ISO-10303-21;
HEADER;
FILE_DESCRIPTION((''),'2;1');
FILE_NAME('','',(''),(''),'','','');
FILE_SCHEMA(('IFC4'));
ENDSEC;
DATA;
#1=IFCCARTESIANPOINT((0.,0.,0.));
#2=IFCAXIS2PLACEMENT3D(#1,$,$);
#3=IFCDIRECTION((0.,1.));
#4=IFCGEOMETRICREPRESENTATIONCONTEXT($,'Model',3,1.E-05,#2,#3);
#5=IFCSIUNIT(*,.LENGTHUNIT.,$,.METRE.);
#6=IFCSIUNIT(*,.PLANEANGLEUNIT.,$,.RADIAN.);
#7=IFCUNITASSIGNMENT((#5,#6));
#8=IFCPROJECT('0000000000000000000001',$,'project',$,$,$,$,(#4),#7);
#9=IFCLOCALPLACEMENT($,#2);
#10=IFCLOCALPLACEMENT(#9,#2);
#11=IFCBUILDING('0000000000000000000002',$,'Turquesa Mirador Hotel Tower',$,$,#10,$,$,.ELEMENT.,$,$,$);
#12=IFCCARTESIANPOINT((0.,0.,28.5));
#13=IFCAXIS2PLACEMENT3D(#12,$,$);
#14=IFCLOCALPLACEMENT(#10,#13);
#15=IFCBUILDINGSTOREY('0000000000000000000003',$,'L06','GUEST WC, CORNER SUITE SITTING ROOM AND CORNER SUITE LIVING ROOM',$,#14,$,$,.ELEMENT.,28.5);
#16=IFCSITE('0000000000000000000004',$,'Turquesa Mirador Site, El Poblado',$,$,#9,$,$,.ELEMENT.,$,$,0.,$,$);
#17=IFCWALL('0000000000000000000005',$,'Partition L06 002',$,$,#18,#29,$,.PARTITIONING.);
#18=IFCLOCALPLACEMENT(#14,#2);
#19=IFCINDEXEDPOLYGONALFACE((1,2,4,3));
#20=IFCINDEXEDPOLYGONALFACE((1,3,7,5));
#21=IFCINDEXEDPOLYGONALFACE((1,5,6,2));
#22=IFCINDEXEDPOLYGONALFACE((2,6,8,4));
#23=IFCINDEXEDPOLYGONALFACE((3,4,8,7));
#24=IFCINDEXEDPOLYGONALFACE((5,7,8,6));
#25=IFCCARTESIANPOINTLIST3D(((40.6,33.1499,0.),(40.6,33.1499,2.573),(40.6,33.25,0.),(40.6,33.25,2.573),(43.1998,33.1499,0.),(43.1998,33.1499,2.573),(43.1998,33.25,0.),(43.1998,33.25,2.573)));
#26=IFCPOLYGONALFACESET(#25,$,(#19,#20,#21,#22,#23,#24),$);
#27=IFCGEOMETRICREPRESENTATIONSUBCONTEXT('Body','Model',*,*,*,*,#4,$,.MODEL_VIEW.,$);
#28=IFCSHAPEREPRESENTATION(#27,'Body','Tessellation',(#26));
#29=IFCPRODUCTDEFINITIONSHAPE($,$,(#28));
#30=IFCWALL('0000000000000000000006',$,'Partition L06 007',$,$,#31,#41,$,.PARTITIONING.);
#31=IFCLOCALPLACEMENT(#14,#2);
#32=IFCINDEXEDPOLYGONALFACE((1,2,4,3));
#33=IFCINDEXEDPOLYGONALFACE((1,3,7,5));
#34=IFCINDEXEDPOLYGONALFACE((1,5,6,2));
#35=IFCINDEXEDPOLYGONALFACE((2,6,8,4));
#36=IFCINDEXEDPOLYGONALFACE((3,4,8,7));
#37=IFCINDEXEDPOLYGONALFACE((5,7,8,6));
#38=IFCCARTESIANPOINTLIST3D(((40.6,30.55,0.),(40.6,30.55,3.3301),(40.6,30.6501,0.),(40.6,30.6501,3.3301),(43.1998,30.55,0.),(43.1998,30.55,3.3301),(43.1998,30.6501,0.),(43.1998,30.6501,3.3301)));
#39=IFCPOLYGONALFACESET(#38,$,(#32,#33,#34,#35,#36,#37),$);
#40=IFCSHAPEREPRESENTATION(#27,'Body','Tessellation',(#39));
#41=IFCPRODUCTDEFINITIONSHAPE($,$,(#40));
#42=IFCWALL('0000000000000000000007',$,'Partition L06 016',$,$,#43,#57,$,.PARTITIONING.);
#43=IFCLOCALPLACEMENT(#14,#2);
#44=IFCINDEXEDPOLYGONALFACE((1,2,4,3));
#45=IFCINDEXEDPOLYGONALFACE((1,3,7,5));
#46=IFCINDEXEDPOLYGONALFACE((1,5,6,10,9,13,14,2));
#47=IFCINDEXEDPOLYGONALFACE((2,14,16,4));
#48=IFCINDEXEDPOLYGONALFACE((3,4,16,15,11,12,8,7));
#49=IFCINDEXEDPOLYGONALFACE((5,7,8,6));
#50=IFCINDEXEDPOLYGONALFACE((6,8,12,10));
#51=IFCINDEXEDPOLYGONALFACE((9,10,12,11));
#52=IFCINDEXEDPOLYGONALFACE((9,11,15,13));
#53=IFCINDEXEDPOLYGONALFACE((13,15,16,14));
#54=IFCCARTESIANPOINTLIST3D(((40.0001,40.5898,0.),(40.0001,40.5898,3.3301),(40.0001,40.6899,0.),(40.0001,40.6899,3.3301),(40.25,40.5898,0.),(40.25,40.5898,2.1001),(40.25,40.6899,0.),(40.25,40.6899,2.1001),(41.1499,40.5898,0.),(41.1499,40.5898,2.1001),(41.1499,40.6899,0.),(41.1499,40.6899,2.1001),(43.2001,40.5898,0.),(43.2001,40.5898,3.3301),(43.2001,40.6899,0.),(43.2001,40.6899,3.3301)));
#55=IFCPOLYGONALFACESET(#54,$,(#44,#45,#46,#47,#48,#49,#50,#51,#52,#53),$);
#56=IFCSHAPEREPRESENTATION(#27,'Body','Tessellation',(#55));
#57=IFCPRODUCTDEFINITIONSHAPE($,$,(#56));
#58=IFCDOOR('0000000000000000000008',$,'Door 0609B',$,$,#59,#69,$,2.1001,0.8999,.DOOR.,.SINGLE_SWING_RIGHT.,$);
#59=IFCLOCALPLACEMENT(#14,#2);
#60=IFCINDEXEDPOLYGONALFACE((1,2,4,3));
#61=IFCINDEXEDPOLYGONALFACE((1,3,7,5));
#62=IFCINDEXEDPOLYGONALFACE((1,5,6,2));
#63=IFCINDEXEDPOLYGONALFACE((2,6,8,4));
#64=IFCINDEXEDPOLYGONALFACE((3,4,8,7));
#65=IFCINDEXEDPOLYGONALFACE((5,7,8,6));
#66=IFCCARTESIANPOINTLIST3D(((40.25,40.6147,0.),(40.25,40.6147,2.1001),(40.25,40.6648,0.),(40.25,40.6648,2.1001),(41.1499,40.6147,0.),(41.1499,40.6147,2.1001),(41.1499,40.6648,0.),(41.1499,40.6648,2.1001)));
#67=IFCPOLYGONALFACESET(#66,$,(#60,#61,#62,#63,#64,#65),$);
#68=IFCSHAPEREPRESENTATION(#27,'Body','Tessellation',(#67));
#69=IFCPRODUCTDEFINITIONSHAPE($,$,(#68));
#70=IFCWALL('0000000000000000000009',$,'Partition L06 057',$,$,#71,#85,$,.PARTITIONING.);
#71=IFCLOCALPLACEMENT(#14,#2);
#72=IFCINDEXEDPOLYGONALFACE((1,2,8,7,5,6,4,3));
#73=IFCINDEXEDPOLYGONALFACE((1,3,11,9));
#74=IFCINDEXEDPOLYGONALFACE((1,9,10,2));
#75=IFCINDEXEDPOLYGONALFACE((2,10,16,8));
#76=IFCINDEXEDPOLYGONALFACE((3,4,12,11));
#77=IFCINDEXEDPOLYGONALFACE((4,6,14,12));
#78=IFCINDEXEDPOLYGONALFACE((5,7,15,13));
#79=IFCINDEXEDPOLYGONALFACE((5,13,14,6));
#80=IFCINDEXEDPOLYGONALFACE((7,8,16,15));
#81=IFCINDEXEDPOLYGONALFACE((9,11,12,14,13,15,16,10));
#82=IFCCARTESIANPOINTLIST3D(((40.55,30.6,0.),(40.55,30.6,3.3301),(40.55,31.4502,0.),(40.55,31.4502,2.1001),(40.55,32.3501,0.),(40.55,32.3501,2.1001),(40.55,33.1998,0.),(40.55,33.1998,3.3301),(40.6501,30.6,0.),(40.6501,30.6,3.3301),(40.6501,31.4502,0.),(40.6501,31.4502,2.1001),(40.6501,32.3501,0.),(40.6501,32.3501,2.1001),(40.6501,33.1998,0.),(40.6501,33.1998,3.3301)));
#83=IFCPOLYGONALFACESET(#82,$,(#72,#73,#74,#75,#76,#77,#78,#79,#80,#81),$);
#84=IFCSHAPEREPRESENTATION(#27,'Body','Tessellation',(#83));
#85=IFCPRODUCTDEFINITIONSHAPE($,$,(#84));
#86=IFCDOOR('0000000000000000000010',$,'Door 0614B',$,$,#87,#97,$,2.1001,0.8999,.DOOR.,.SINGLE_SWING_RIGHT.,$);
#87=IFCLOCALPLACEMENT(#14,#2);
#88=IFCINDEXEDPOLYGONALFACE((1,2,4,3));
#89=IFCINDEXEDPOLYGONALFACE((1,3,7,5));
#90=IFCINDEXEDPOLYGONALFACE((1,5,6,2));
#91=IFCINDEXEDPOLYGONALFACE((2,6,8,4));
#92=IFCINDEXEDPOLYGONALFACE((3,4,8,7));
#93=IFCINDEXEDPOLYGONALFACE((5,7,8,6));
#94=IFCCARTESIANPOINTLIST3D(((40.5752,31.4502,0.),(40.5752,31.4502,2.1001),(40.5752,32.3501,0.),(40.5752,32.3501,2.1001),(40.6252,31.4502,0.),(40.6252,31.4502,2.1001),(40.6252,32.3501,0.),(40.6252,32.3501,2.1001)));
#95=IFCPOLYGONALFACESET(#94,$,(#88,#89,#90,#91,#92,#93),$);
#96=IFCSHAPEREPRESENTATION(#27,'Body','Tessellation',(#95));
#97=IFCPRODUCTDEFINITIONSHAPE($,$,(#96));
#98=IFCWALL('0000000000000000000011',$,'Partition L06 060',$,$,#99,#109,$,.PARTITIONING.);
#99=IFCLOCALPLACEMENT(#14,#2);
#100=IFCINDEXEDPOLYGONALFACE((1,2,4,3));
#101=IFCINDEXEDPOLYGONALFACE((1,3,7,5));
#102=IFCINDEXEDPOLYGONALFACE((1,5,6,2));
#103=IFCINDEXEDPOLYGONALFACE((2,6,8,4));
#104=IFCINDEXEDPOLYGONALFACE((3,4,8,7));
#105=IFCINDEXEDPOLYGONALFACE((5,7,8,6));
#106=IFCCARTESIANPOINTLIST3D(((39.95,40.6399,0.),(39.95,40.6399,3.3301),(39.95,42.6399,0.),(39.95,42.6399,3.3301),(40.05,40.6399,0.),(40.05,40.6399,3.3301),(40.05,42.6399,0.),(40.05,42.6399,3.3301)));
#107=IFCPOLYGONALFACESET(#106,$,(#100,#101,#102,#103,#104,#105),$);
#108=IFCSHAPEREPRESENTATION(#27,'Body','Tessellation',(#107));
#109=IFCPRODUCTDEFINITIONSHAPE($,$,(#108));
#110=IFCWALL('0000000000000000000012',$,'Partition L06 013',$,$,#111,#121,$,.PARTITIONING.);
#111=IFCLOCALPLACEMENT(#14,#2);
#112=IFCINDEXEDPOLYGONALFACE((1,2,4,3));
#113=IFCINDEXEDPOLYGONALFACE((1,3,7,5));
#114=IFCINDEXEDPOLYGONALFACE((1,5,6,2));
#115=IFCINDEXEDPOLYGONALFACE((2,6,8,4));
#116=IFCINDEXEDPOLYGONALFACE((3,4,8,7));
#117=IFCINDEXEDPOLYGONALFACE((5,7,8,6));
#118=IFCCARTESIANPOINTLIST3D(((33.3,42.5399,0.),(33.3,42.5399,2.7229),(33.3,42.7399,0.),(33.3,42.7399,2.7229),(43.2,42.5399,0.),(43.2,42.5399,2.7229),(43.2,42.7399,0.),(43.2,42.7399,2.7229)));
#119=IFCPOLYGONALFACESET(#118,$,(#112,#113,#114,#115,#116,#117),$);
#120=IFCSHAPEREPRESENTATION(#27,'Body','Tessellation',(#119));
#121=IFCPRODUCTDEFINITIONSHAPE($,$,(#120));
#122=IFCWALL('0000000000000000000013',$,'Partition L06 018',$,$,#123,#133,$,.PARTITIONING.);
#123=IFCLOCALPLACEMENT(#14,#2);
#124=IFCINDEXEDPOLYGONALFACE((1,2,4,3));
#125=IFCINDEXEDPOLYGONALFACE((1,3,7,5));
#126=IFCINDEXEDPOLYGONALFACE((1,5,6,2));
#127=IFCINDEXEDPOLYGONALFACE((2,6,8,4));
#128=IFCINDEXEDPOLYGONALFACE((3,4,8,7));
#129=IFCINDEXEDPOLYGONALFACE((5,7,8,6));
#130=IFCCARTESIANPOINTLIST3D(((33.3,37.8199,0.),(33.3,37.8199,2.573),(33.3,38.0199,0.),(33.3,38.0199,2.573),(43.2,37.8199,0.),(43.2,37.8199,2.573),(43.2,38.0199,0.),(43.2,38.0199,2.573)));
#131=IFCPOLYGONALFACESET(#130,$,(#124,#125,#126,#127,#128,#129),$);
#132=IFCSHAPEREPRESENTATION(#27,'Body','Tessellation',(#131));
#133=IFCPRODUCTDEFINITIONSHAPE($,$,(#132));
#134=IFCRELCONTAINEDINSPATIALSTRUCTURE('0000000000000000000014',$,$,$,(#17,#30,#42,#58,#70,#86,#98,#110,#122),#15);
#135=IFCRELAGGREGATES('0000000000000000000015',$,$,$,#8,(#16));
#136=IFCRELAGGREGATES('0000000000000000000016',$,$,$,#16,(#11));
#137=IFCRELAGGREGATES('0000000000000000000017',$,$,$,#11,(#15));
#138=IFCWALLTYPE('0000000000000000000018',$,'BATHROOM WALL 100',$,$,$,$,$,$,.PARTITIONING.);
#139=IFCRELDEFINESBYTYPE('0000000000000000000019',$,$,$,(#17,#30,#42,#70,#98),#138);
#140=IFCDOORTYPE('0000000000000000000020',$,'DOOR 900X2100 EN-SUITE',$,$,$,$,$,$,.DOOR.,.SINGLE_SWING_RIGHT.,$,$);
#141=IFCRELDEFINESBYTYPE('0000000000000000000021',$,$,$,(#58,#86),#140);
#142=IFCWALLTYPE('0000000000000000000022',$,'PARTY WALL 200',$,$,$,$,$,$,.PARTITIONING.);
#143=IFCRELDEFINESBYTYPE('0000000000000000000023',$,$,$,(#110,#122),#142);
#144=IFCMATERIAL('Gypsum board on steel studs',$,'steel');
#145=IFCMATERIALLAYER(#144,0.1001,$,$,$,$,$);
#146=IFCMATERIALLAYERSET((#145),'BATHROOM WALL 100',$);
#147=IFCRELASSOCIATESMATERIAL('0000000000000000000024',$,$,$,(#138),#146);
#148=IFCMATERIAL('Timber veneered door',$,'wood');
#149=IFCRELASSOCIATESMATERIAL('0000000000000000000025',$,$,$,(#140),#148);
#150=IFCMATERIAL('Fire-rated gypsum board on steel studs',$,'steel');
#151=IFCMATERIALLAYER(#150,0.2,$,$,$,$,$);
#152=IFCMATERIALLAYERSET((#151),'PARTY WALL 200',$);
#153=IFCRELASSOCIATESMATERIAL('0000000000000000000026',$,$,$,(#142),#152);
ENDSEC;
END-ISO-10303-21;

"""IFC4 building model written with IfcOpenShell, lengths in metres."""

from ifc_helpers import new_model, si_unit, direction, frame, frame_2d, origin, place, context, subcontext, project, spatial, rectangle, extrude, material, layer, layer_set, type_object, element, fill, save


model = new_model("IFC4")

# Units and contexts
model_context = context("Model", 3, precision=1e-05, world=origin(), true_north=direction((0.0, 1.0)))
body_context = subcontext(model_context, "Body", "Model", "MODEL_VIEW")
ifc_project = project(units=[si_unit("LENGTHUNIT", "METRE"), si_unit("PLANEANGLEUNIT", "RADIAN")], contexts=[model_context])

# Site, building, storey
site_placement = place(None, origin())
site = spatial("IfcSite", under=ifc_project, at=site_placement, Name="Turquesa Mirador Site, El Poblado", CompositionType="ELEMENT", RefElevation=0.0)
building_placement = place(site_placement, origin())
building = spatial("IfcBuilding", under=site, at=building_placement, Name="Turquesa Mirador Hotel Tower", CompositionType="ELEMENT")
storey_placement = place(building_placement, frame((0.0, 0.0, 28.5)))
storey = spatial("IfcBuildingStorey", under=building, at=storey_placement, Name="L06", Description="GUEST WC, CORNER SUITE SITTING ROOM AND CORNER SUITE LIVING ROOM", CompositionType="ELEMENT", Elevation=28.5)

# Walls
ifc_material_1 = material(Name="Gypsum board on steel studs", Category="steel")
ifc_layer_1 = layer(ifc_material_1, 0.1001)
ifc_layer_set_1 = layer_set([ifc_layer_1], Name="BATHROOM WALL 100")
wall_type_1 = type_object("IfcWallType", Name="BATHROOM WALL 100", PredefinedType="PARTITIONING", material=ifc_layer_set_1)
wall_1_placement = place(storey_placement, frame((40.6001, 33.2, 0.0), z_axis=(0.0, 0.0, 1.0), x_axis=(1.0, 0.0, 0.0)))
element("IfcWall", 1, at=wall_1_placement, inside=storey, type_object=wall_type_1, Name="Partition L06 002", PredefinedType="PARTITIONING", context=body_context, shape_type="SweptSolid", body=[
    extrude(rectangle(XDim=2.5999, YDim=0.1001, at=frame_2d((1.2998, 0.0))), origin(), (0.0, 0.0, 1.0), 2.573),
])
wall_2_placement = place(storey_placement, frame((40.6001, 30.6001, 0.0), z_axis=(0.0, 0.0, 1.0), x_axis=(1.0, 0.0, 0.0)))
element("IfcWall", 2, at=wall_2_placement, inside=storey, type_object=wall_type_1, Name="Partition L06 007", PredefinedType="PARTITIONING", context=body_context, shape_type="SweptSolid", body=[
    extrude(rectangle(XDim=2.5999, YDim=0.1001, at=frame_2d((1.2998, 0.0))), origin(), (0.0, 0.0, 1.0), 3.3301),
])

# Walls, openings, doors
wall_3_placement = place(storey_placement, frame((40.0, 40.6399, 0.0), z_axis=(0.0, 0.0, 1.0), x_axis=(1.0, 0.0, 0.0)))
wall_3 = element("IfcWall", 3, at=wall_3_placement, inside=storey, type_object=wall_type_1, Name="Partition L06 016", PredefinedType="PARTITIONING", context=body_context, shape_type="SweptSolid", body=[
    extrude(rectangle(XDim=3.2, YDim=0.1001, at=frame_2d((1.6001, 0.0))), origin(), (0.0, 0.0, 1.0), 3.3301),
])
opening_1_placement = place(wall_3_placement, frame((0.25, 0.0, 0.0)))
opening_1 = element("IfcOpeningElement", 4, at=opening_1_placement, cuts=wall_3, PredefinedType="OPENING", context=body_context, shape_type="SweptSolid", body=[
    extrude(rectangle(XDim=0.8999, YDim=2.1001, at=frame_2d((0.45, 1.05))), frame((0.0, 0.0601, 0.0), z_axis=(0.0, -1.0, 0.0), x_axis=(1.0, 0.0, 0.0)), (0.0, 0.0, 1.0), 0.1201),
])
ifc_material_2 = material(Name="Timber veneered door", Category="wood")
door_type_1 = type_object("IfcDoorType", Name="DOOR 900X2100 EN-SUITE", OperationType="SINGLE_SWING_RIGHT", PredefinedType="DOOR", material=ifc_material_2)
door_1_placement = place(opening_1_placement, origin())
door_1 = element("IfcDoor", 5, at=door_1_placement, inside=storey, type_object=door_type_1, Name="Door 0609B", OperationType="SINGLE_SWING_RIGHT", OverallHeight=2.1001, OverallWidth=0.8999, PredefinedType="DOOR", context=body_context, shape_type="SweptSolid", body=[
    extrude(rectangle(XDim=0.8999, YDim=2.1001, at=frame_2d((0.45, 1.05))), frame((0.0, 0.0249, 0.0), z_axis=(0.0, -1.0, 0.0), x_axis=(1.0, 0.0, 0.0)), (0.0, 0.0, 1.0), 0.05),
])
fill(opening_1, door_1)
wall_4_placement = place(storey_placement, frame((40.6001, 30.6001, 0.0), z_axis=(0.0, 0.0, 1.0), x_axis=(0.0, 1.0, 0.0)))
wall_4 = element("IfcWall", 6, at=wall_4_placement, inside=storey, type_object=wall_type_1, Name="Partition L06 057", PredefinedType="PARTITIONING", context=body_context, shape_type="SweptSolid", body=[
    extrude(rectangle(XDim=2.5999, YDim=0.1001, at=frame_2d((1.2998, 0.0))), origin(), (0.0, 0.0, 1.0), 3.3301),
])
opening_2_placement = place(wall_4_placement, frame((0.8501, 0.0, 0.0)))
opening_2 = element("IfcOpeningElement", 7, at=opening_2_placement, cuts=wall_4, PredefinedType="OPENING", context=body_context, shape_type="SweptSolid", body=[
    extrude(rectangle(XDim=0.8999, YDim=2.1001, at=frame_2d((0.45, 1.05))), frame((0.0, 0.0601, 0.0), z_axis=(0.0, -1.0, 0.0), x_axis=(1.0, 0.0, 0.0)), (0.0, 0.0, 1.0), 0.1201),
])
door_2_placement = place(opening_2_placement, origin())
door_2 = element("IfcDoor", 8, at=door_2_placement, inside=storey, type_object=door_type_1, Name="Door 0614B", OperationType="SINGLE_SWING_RIGHT", OverallHeight=2.1001, OverallWidth=0.8999, PredefinedType="DOOR", context=body_context, shape_type="SweptSolid", body=[
    extrude(rectangle(XDim=0.8999, YDim=2.1001, at=frame_2d((0.45, 1.05))), frame((0.0, 0.0249, 0.0), z_axis=(0.0, -1.0, 0.0), x_axis=(1.0, 0.0, 0.0)), (0.0, 0.0, 1.0), 0.05),
])
fill(opening_2, door_2)

# Walls
wall_5_placement = place(storey_placement, frame((40.0, 40.6399, 0.0), z_axis=(0.0, 0.0, 1.0), x_axis=(0.0, 1.0, 0.0)))
element("IfcWall", 9, at=wall_5_placement, inside=storey, type_object=wall_type_1, Name="Partition L06 060", PredefinedType="PARTITIONING", context=body_context, shape_type="SweptSolid", body=[
    extrude(rectangle(XDim=2.0, YDim=0.1001, at=frame_2d((1.0, 0.0))), origin(), (0.0, 0.0, 1.0), 3.3301),
])
ifc_material_3 = material(Name="Fire-rated gypsum board on steel studs", Category="steel")
ifc_layer_2 = layer(ifc_material_3, 0.2)
ifc_layer_set_2 = layer_set([ifc_layer_2], Name="PARTY WALL 200")
wall_type_2 = type_object("IfcWallType", Name="PARTY WALL 200", PredefinedType="PARTITIONING", material=ifc_layer_set_2)
wall_6_placement = place(storey_placement, frame((33.3, 42.6399, 0.0), z_axis=(0.0, 0.0, 1.0), x_axis=(1.0, 0.0, 0.0)))
element("IfcWall", 10, at=wall_6_placement, inside=storey, type_object=wall_type_2, Name="Partition L06 013", PredefinedType="PARTITIONING", context=body_context, shape_type="SweptSolid", body=[
    extrude(rectangle(XDim=9.8999, YDim=0.2, at=frame_2d((4.95, 0.0))), origin(), (0.0, 0.0, 1.0), 2.7229),
])
wall_7_placement = place(storey_placement, frame((33.3, 37.9199, 0.0), z_axis=(0.0, 0.0, 1.0), x_axis=(1.0, 0.0, 0.0)))
element("IfcWall", 11, at=wall_7_placement, inside=storey, type_object=wall_type_2, Name="Partition L06 018", PredefinedType="PARTITIONING", context=body_context, shape_type="SweptSolid", body=[
    extrude(rectangle(XDim=9.8999, YDim=0.2, at=frame_2d((4.95, 0.0))), origin(), (0.0, 0.0, 1.0), 2.573),
])

save(model, "model.ifc")
